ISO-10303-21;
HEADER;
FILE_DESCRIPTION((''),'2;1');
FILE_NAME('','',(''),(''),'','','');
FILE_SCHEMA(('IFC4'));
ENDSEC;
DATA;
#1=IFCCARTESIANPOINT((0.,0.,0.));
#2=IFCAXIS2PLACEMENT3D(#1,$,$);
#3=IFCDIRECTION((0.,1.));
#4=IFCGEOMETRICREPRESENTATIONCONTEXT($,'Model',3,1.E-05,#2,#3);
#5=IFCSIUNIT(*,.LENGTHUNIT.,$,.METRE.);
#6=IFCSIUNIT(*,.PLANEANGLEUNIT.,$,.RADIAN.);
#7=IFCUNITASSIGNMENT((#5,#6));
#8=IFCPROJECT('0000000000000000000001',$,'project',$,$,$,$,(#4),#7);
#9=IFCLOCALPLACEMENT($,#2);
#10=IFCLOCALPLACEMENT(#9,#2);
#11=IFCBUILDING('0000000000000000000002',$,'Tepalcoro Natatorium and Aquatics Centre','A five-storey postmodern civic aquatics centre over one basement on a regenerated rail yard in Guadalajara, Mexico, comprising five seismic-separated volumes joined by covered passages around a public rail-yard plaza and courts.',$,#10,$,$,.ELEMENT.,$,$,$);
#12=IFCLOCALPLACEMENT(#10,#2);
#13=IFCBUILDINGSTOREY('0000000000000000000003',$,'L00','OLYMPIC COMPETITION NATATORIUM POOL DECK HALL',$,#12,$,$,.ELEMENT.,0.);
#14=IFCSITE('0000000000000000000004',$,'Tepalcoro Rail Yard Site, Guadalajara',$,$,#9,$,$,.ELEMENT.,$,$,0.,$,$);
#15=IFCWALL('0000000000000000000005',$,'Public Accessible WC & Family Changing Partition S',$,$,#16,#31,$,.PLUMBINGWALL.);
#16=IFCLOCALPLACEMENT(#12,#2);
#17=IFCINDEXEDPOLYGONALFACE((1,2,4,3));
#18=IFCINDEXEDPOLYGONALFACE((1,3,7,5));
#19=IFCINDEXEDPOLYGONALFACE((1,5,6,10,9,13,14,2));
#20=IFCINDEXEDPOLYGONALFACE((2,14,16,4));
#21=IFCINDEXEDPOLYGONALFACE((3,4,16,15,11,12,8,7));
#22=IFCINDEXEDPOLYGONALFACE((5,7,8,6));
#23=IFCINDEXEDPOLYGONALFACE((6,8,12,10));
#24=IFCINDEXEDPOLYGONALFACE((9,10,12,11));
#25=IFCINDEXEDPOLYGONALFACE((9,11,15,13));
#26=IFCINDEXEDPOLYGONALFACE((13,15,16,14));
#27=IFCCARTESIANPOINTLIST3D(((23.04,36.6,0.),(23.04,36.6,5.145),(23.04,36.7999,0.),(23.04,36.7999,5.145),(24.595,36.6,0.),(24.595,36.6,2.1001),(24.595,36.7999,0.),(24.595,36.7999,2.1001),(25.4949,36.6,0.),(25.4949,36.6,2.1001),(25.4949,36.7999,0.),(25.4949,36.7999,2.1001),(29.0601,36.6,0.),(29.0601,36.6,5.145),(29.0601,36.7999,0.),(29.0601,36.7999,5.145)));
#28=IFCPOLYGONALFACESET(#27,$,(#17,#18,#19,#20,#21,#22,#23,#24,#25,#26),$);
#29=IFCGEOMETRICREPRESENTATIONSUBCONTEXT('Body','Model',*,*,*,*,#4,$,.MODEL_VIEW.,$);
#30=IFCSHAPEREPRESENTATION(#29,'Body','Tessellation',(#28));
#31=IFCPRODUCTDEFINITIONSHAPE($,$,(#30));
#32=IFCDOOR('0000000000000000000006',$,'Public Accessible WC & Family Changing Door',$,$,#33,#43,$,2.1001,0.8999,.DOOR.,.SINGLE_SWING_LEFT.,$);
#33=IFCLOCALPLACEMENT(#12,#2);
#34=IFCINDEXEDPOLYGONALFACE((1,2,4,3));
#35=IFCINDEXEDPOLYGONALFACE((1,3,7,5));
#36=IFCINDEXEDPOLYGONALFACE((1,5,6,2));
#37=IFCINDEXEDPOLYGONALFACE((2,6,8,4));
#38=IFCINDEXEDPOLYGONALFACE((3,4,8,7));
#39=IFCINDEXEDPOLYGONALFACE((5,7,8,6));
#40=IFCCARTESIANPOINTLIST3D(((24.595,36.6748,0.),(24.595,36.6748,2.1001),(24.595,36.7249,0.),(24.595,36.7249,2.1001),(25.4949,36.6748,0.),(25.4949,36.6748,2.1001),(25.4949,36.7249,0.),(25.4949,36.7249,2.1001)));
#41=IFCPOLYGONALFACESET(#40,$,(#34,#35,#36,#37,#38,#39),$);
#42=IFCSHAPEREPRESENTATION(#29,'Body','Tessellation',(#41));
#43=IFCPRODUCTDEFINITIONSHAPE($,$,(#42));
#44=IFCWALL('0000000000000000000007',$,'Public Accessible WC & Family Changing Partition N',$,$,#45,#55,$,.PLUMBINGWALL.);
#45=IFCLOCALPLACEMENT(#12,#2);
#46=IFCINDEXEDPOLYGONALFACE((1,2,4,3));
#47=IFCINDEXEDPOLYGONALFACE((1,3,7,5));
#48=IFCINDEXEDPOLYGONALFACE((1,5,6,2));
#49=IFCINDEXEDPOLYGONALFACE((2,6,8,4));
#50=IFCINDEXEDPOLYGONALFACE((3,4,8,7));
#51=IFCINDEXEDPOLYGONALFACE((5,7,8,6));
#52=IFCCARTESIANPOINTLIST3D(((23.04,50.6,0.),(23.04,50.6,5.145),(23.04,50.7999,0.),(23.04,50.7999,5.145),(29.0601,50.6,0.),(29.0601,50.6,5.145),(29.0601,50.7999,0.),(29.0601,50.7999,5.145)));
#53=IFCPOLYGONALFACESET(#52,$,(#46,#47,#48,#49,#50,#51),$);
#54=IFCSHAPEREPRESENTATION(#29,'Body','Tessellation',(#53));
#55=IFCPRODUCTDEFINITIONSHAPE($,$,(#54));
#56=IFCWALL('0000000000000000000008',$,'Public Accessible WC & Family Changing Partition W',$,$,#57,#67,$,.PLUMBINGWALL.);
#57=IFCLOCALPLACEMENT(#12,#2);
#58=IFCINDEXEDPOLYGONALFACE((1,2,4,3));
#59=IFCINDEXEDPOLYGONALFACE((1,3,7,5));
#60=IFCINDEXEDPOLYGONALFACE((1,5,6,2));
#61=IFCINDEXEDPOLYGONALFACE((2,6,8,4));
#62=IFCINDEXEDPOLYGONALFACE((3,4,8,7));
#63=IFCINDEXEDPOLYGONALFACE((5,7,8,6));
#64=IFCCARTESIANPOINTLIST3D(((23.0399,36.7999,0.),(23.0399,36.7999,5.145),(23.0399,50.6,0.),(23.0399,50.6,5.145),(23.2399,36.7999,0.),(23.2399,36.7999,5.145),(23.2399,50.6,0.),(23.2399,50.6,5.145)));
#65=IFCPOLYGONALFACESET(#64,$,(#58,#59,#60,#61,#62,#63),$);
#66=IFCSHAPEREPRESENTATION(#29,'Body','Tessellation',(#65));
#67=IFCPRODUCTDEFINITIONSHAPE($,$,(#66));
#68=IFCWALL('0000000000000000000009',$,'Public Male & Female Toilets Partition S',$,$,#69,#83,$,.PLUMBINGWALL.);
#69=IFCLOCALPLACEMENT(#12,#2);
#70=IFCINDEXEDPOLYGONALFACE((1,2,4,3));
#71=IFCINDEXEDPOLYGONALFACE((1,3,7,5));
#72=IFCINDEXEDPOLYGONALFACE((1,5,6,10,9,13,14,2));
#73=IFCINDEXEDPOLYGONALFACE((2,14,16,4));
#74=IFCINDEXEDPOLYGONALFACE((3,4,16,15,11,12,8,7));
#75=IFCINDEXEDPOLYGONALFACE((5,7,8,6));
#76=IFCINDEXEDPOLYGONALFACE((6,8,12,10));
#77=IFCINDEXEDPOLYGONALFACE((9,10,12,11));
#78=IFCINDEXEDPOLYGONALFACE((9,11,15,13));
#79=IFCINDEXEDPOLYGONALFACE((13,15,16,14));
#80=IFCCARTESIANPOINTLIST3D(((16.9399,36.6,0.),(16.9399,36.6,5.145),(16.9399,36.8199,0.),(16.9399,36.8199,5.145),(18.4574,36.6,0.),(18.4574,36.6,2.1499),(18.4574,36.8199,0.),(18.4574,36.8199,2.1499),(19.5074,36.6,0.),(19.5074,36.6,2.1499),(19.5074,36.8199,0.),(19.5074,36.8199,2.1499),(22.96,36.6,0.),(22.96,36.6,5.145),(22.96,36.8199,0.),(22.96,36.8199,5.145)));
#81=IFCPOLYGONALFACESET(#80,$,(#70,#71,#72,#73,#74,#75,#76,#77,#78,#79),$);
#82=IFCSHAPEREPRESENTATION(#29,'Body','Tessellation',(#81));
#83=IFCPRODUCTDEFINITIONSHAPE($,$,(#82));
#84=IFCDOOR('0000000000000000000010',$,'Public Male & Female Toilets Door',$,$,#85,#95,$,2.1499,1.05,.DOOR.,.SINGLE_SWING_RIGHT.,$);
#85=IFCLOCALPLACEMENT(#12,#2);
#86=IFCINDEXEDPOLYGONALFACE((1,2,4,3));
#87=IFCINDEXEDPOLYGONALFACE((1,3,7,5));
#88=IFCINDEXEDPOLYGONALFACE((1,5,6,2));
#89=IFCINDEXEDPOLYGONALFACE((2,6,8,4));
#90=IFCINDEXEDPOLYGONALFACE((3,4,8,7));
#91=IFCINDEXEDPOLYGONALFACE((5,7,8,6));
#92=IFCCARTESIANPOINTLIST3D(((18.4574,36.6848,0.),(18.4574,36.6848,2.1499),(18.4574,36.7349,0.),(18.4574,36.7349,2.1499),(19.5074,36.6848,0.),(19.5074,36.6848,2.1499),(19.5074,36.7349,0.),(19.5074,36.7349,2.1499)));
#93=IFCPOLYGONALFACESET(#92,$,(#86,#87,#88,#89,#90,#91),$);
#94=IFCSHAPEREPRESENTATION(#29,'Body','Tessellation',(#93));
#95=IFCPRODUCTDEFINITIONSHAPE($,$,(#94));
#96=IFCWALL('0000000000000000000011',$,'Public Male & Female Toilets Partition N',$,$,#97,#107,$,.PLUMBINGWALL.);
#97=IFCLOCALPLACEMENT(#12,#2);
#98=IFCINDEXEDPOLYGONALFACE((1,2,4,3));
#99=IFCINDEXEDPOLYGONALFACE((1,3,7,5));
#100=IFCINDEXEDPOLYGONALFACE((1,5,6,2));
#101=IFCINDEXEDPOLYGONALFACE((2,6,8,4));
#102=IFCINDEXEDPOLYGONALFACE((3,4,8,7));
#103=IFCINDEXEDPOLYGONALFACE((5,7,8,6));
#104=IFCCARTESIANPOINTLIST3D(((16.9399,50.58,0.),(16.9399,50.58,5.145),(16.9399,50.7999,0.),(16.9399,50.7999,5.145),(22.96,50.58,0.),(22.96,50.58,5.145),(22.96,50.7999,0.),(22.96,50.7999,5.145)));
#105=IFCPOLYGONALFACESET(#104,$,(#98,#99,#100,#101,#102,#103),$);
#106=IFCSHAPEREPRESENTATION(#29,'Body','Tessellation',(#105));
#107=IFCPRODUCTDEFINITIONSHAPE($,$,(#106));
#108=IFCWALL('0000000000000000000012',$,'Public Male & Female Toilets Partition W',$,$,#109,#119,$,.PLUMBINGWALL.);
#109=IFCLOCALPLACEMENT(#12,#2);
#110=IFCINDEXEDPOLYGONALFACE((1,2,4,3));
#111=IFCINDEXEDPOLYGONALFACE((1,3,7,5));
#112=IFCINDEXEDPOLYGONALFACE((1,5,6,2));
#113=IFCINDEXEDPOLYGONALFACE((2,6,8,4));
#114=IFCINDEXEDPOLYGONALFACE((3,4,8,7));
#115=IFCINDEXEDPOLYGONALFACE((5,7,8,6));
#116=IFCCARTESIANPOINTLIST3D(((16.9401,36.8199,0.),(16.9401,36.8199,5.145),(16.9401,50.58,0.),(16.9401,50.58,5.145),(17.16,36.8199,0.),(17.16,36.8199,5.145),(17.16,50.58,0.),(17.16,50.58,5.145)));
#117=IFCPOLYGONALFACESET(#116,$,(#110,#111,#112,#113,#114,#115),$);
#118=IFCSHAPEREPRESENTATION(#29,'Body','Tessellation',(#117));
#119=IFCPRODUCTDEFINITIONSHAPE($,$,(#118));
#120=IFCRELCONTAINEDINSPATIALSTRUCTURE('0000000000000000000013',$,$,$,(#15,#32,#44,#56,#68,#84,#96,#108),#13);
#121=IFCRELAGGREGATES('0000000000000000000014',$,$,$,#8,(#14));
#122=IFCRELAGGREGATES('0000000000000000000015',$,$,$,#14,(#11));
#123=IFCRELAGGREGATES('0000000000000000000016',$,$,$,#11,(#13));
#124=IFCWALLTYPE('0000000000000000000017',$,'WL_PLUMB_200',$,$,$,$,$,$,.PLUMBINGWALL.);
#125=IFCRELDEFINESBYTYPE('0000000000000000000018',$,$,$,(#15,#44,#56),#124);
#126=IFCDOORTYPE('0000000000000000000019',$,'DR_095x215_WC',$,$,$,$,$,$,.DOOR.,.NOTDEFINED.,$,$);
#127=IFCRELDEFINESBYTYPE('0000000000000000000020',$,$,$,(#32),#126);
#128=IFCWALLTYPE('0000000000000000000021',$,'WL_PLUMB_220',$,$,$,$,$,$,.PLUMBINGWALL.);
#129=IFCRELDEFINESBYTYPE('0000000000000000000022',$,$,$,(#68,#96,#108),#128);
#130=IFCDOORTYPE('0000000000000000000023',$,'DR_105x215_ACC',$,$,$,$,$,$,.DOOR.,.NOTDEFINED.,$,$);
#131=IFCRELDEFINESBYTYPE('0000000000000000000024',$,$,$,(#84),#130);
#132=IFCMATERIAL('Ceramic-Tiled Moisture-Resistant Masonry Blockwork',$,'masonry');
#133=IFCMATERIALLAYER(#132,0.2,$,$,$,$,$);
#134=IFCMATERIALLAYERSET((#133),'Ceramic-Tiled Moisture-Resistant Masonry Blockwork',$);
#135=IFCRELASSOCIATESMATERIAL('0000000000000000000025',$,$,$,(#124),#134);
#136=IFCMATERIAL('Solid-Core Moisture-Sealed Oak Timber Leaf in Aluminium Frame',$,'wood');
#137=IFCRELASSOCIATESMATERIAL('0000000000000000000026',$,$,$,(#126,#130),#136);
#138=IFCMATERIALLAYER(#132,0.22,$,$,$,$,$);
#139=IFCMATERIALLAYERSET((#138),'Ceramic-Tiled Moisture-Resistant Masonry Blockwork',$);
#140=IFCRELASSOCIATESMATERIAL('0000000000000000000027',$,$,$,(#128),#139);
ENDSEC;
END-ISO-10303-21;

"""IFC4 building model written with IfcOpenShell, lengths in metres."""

from ifc_helpers import new_model, si_unit, direction, frame, frame_2d, origin, place, context, subcontext, project, spatial, rectangle, extrude, material, layer, layer_set, type_object, element, fill, save


model = new_model("IFC4")

# Units and contexts
model_context = context("Model", 3, precision=1e-05, world=origin(), true_north=direction((0.0, 1.0)))
body_context = subcontext(model_context, "Body", "Model", "MODEL_VIEW")
ifc_project = project(units=[si_unit("LENGTHUNIT", "METRE"), si_unit("PLANEANGLEUNIT", "RADIAN")], contexts=[model_context])

# Site, building, storey
site_placement = place(None, origin())
site = spatial("IfcSite", under=ifc_project, at=site_placement, Name="Tepalcoro Rail Yard Site, Guadalajara", CompositionType="ELEMENT", RefElevation=0.0)
building_placement = place(site_placement, origin())
building = spatial("IfcBuilding", under=site, at=building_placement, Name="Tepalcoro Natatorium and Aquatics Centre", Description="A five-storey postmodern civic aquatics centre over one basement on a regenerated rail yard in Guadalajara, Mexico, comprising five seismic-separated volumes joined by covered passages around a public rail-yard plaza and courts.", CompositionType="ELEMENT")
storey_placement = place(building_placement, origin())
storey = spatial("IfcBuildingStorey", under=building, at=storey_placement, Name="L00", Description="OLYMPIC COMPETITION NATATORIUM POOL DECK HALL", CompositionType="ELEMENT", Elevation=0.0)

# Shared definitions
ifc_material_1 = material(Name="Ceramic-Tiled Moisture-Resistant Masonry Blockwork", Category="masonry")
ifc_layer_1 = layer(ifc_material_1, 0.2)
ifc_layer_set_1 = layer_set([ifc_layer_1], Name="Ceramic-Tiled Moisture-Resistant Masonry Blockwork")
wall_type_1 = type_object("IfcWallType", Name="WL_PLUMB_200", PredefinedType="PLUMBINGWALL", material=ifc_layer_set_1)
ifc_material_2 = material(Name="Solid-Core Moisture-Sealed Oak Timber Leaf in Aluminium Frame", Category="wood")

# Wall, opening, door
wall_1_placement = place(storey_placement, frame((23.04, 36.7, 0.0), z_axis=(0.0, 0.0, 1.0), x_axis=(1.0, 0.0, 0.0)))
wall_1 = element("IfcWall", 1, at=wall_1_placement, inside=storey, type_object=wall_type_1, Name="Public Accessible WC & Family Changing Partition S", PredefinedType="PLUMBINGWALL", context=body_context, shape_type="SweptSolid", body=[
    extrude(rectangle(XDim=6.02, YDim=0.2, at=frame_2d((3.01, 0.0))), origin(), (0.0, 0.0, 1.0), 5.145),
])
opening_1_placement = place(wall_1_placement, frame((1.5549, 0.0, 0.0)))
opening_1 = element("IfcOpeningElement", 2, at=opening_1_placement, cuts=wall_1, PredefinedType="OPENING", context=body_context, shape_type="SweptSolid", body=[
    extrude(rectangle(XDim=0.8999, YDim=2.1001, at=frame_2d((0.45, 1.05))), frame((0.0, 0.1118, 0.0), z_axis=(0.0, -1.0, 0.0), x_axis=(1.0, 0.0, 0.0)), (0.0, 0.0, 1.0), 0.2239),
])
door_type_1 = type_object("IfcDoorType", Name="DR_095x215_WC", OperationType="NOTDEFINED", PredefinedType="DOOR", material=ifc_material_2)
door_1_placement = place(opening_1_placement, origin())
door_1 = element("IfcDoor", 3, at=door_1_placement, inside=storey, type_object=door_type_1, Name="Public Accessible WC & Family Changing Door", OperationType="SINGLE_SWING_LEFT", OverallHeight=2.1001, OverallWidth=0.8999, PredefinedType="DOOR", context=body_context, shape_type="SweptSolid", body=[
    extrude(rectangle(XDim=0.8999, YDim=2.1001, at=frame_2d((0.45, 1.05))), frame((0.0, 0.0249, 0.0), z_axis=(0.0, -1.0, 0.0), x_axis=(1.0, 0.0, 0.0)), (0.0, 0.0, 1.0), 0.05),
])
fill(opening_1, door_1)

# Walls
wall_2_placement = place(storey_placement, frame((23.04, 50.7, 0.0), z_axis=(0.0, 0.0, 1.0), x_axis=(1.0, 0.0, 0.0)))
element("IfcWall", 4, at=wall_2_placement, inside=storey, type_object=wall_type_1, Name="Public Accessible WC & Family Changing Partition N", PredefinedType="PLUMBINGWALL", context=body_context, shape_type="SweptSolid", body=[
    extrude(rectangle(XDim=6.02, YDim=0.2, at=frame_2d((3.01, 0.0))), origin(), (0.0, 0.0, 1.0), 5.145),
])
wall_3_placement = place(storey_placement, frame((23.1399, 36.8, 0.0), z_axis=(0.0, 0.0, 1.0), x_axis=(0.0, 1.0, 0.0)))
element("IfcWall", 5, at=wall_3_placement, inside=storey, type_object=wall_type_1, Name="Public Accessible WC & Family Changing Partition W", PredefinedType="PLUMBINGWALL", context=body_context, shape_type="SweptSolid", body=[
    extrude(rectangle(XDim=13.8, YDim=0.2, at=frame_2d((6.8999, 0.0))), origin(), (0.0, 0.0, 1.0), 5.145),
])

# Wall, opening, door
ifc_layer_2 = layer(ifc_material_1, 0.22)
ifc_layer_set_2 = layer_set([ifc_layer_2], Name="Ceramic-Tiled Moisture-Resistant Masonry Blockwork")
wall_type_2 = type_object("IfcWallType", Name="WL_PLUMB_220", PredefinedType="PLUMBINGWALL", material=ifc_layer_set_2)
wall_4_placement = place(storey_placement, frame((16.9399, 36.71, 0.0), z_axis=(0.0, 0.0, 1.0), x_axis=(1.0, 0.0, 0.0)))
wall_4 = element("IfcWall", 6, at=wall_4_placement, inside=storey, type_object=wall_type_2, Name="Public Male & Female Toilets Partition S", PredefinedType="PLUMBINGWALL", context=body_context, shape_type="SweptSolid", body=[
    extrude(rectangle(XDim=6.02, YDim=0.22, at=frame_2d((3.01, 0.0))), origin(), (0.0, 0.0, 1.0), 5.145),
])
opening_2_placement = place(wall_4_placement, frame((1.5176, 0.0, 0.0)))
opening_2 = element("IfcOpeningElement", 7, at=opening_2_placement, cuts=wall_4, PredefinedType="OPENING", context=body_context, shape_type="SweptSolid", body=[
    extrude(rectangle(XDim=1.05, YDim=2.1499, at=frame_2d((0.5249, 1.075))), frame((0.0, 0.1221, 0.0), z_axis=(0.0, -1.0, 0.0), x_axis=(1.0, 0.0, 0.0)), (0.0, 0.0, 1.0), 0.2439),
])
door_type_2 = type_object("IfcDoorType", Name="DR_105x215_ACC", OperationType="NOTDEFINED", PredefinedType="DOOR", material=ifc_material_2)
door_2_placement = place(opening_2_placement, origin())
door_2 = element("IfcDoor", 8, at=door_2_placement, inside=storey, type_object=door_type_2, Name="Public Male & Female Toilets Door", OperationType="SINGLE_SWING_RIGHT", OverallHeight=2.1499, OverallWidth=1.05, PredefinedType="DOOR", context=body_context, shape_type="SweptSolid", body=[
    extrude(rectangle(XDim=1.05, YDim=2.1499, at=frame_2d((0.5249, 1.075))), frame((0.0, 0.0249, 0.0), z_axis=(0.0, -1.0, 0.0), x_axis=(1.0, 0.0, 0.0)), (0.0, 0.0, 1.0), 0.05),
])
fill(opening_2, door_2)

# Walls
wall_5_placement = place(storey_placement, frame((16.9399, 50.6899, 0.0), z_axis=(0.0, 0.0, 1.0), x_axis=(1.0, 0.0, 0.0)))
element("IfcWall", 9, at=wall_5_placement, inside=storey, type_object=wall_type_2, Name="Public Male & Female Toilets Partition N", PredefinedType="PLUMBINGWALL", context=body_context, shape_type="SweptSolid", body=[
    extrude(rectangle(XDim=6.02, YDim=0.22, at=frame_2d((3.01, 0.0))), origin(), (0.0, 0.0, 1.0), 5.145),
])
wall_6_placement = place(storey_placement, frame((17.05, 36.8201, 0.0), z_axis=(0.0, 0.0, 1.0), x_axis=(0.0, 1.0, 0.0)))
element("IfcWall", 10, at=wall_6_placement, inside=storey, type_object=wall_type_2, Name="Public Male & Female Toilets Partition W", PredefinedType="PLUMBINGWALL", context=body_context, shape_type="SweptSolid", body=[
    extrude(rectangle(XDim=13.76, YDim=0.22, at=frame_2d((6.8799, 0.0))), origin(), (0.0, 0.0, 1.0), 5.145),
])

save(model, "model.ifc")
